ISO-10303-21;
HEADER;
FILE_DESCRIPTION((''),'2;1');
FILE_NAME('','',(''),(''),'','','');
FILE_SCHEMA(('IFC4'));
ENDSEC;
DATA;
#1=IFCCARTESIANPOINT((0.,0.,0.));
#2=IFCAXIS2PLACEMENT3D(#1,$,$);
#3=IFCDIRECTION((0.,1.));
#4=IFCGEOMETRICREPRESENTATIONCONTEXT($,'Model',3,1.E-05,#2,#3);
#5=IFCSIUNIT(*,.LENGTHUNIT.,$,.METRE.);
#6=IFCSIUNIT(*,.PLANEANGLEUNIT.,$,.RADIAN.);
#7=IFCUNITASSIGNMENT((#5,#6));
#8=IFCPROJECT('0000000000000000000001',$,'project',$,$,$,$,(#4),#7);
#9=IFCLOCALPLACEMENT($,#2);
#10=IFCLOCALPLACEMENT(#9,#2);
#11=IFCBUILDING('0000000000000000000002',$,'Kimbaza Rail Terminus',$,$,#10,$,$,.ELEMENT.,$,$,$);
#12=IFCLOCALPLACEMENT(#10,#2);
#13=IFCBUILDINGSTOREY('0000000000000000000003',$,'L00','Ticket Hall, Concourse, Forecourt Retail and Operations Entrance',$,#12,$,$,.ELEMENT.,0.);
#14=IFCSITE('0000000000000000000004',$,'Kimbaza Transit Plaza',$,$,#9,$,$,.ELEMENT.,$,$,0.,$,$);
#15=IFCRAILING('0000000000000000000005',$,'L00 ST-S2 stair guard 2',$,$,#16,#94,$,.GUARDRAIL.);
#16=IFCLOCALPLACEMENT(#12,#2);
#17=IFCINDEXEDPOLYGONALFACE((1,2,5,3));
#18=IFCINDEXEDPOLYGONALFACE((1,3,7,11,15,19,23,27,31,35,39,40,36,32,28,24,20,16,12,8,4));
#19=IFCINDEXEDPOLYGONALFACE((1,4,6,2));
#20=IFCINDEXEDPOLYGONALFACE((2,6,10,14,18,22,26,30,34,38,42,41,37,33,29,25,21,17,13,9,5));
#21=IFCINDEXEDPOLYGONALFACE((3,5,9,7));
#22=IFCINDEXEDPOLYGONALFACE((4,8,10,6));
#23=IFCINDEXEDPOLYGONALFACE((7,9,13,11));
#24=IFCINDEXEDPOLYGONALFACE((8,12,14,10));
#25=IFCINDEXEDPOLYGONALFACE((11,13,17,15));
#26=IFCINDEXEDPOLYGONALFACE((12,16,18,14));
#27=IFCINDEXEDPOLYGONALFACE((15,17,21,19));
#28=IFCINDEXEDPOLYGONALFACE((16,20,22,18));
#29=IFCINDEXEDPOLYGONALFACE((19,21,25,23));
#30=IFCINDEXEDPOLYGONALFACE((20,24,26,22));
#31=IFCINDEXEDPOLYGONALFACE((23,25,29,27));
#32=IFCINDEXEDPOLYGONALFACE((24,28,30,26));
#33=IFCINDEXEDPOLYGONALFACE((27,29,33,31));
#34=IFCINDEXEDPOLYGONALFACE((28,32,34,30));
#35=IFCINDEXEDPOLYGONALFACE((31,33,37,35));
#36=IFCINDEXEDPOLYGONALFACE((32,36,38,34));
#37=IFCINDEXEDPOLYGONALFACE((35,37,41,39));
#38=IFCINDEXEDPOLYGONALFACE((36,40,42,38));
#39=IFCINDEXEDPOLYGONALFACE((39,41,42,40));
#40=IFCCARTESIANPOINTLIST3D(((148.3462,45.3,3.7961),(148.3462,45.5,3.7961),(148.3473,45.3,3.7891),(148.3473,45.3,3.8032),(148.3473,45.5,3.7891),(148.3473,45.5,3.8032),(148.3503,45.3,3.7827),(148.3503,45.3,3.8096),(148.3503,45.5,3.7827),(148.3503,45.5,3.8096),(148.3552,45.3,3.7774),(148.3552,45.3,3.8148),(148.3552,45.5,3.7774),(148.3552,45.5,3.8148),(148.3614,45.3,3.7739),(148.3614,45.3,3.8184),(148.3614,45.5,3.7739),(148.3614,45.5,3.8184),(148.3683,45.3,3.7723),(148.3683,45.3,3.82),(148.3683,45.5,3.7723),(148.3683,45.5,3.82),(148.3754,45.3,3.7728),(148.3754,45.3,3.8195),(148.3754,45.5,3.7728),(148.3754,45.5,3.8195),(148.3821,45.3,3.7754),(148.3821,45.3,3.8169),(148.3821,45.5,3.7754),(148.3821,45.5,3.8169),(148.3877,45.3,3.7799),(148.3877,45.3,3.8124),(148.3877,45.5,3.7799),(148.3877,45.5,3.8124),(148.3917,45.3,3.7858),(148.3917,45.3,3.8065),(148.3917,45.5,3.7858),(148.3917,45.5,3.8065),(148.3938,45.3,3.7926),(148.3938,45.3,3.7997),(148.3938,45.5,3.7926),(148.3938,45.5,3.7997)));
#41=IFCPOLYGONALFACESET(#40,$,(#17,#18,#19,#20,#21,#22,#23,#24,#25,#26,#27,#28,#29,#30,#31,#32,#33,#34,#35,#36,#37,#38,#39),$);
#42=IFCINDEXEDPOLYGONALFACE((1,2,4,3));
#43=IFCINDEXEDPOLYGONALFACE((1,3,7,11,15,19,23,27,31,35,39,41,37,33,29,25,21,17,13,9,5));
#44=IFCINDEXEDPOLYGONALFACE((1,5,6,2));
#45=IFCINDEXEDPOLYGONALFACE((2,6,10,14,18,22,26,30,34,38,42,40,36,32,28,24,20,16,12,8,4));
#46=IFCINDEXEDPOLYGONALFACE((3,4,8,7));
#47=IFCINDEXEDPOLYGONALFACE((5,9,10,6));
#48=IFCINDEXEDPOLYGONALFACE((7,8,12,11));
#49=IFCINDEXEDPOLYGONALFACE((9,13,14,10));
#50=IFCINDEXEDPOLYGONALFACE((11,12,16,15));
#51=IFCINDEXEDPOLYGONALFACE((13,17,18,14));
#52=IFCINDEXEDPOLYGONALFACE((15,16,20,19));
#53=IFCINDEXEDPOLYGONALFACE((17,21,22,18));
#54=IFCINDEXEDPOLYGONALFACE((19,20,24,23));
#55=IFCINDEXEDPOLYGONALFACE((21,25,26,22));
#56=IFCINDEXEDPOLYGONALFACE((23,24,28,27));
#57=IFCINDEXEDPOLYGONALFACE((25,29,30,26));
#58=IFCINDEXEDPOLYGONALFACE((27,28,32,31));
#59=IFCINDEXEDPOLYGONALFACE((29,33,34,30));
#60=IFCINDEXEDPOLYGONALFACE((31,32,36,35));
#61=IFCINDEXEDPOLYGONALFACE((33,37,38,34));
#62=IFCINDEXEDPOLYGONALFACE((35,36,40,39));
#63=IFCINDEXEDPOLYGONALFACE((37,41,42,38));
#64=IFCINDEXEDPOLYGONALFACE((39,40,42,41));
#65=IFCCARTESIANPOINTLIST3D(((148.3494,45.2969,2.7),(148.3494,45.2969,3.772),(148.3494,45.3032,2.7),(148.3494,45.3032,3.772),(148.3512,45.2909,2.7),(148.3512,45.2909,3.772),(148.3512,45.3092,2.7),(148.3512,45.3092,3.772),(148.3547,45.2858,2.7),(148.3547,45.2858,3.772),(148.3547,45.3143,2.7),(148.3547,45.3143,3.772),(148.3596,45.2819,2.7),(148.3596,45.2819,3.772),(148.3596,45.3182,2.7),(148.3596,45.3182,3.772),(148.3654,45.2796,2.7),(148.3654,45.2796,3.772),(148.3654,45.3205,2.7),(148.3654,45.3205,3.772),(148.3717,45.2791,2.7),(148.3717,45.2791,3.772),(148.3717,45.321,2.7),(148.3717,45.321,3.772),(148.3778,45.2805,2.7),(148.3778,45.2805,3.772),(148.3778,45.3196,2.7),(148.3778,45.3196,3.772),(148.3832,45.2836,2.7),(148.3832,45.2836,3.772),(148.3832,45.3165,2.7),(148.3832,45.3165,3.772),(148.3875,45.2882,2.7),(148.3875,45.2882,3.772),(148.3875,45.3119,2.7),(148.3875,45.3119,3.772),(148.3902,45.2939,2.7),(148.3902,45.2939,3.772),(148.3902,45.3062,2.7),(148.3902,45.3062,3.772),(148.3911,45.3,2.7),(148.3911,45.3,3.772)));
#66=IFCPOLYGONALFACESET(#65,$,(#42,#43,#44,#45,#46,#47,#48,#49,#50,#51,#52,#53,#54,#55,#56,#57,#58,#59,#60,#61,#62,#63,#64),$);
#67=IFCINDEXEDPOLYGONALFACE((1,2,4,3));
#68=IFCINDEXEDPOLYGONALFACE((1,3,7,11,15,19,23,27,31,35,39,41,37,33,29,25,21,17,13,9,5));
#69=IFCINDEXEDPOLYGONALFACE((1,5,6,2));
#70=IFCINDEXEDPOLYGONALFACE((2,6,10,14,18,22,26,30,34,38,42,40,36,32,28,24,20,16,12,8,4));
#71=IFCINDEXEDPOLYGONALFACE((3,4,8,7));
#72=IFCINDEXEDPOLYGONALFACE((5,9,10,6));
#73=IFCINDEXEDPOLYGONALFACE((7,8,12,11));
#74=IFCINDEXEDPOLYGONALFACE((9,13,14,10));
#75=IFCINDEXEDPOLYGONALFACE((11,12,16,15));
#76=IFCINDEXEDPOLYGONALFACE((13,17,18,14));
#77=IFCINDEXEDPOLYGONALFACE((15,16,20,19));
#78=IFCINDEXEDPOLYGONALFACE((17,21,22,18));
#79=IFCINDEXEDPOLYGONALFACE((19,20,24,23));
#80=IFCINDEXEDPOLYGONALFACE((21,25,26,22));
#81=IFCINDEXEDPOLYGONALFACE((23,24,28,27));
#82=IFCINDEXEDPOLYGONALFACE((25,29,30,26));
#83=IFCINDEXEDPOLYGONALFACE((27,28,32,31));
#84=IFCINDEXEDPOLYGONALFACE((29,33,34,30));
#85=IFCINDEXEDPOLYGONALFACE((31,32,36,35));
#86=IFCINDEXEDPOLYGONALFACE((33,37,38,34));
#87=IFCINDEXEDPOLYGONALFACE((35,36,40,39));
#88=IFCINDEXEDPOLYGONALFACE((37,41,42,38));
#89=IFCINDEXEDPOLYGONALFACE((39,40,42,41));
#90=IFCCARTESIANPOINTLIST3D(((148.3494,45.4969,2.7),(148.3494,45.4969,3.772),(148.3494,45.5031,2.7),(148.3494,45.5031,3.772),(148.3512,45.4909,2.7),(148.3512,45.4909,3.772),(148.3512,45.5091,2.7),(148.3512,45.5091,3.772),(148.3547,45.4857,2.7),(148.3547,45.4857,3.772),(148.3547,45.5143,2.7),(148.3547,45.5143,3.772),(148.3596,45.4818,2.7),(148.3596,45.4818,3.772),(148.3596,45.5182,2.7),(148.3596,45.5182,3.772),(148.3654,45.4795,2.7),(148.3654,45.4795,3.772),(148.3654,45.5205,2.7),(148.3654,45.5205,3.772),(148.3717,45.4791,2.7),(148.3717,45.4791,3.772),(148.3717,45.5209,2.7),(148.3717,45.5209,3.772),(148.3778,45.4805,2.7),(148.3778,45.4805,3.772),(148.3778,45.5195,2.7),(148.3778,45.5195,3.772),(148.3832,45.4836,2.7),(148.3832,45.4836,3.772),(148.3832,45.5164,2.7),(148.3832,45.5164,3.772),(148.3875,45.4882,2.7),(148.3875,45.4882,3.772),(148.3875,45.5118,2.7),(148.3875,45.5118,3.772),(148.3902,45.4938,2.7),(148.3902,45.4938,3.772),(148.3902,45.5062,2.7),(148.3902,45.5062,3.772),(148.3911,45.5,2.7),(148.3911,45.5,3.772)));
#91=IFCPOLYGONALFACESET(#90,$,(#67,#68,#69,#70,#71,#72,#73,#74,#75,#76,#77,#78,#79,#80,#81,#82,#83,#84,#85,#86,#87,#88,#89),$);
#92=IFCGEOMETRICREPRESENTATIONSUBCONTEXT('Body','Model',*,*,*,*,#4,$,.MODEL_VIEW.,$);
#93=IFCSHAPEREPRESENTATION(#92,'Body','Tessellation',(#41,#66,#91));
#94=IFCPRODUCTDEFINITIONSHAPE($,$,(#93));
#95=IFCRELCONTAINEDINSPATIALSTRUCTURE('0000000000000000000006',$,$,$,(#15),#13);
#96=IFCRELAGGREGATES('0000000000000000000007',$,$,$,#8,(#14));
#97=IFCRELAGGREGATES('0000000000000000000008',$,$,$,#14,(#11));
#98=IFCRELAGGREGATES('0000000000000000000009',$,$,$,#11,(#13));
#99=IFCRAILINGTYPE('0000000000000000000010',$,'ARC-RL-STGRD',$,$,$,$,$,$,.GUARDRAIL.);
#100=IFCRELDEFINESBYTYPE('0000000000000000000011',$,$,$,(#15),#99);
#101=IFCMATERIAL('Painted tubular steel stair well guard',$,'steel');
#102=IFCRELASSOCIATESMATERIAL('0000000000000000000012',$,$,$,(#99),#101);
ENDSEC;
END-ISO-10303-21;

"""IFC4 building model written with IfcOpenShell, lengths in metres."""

from ifc_helpers import new_model, si_unit, direction, frame, origin, origin_2d, place, context, subcontext, project, spatial, circle, extrude, material, type_object, element, save


model = new_model("IFC4")

# Units and contexts
model_context = context("Model", 3, precision=1e-05, world=origin(), true_north=direction((0.0, 1.0)))
body_context = subcontext(model_context, "Body", "Model", "MODEL_VIEW")
ifc_project = project(units=[si_unit("LENGTHUNIT", "METRE"), si_unit("PLANEANGLEUNIT", "RADIAN")], contexts=[model_context])

# Site, building, storey
site_placement = place(None, origin())
site = spatial("IfcSite", under=ifc_project, at=site_placement, Name="Kimbaza Transit Plaza", CompositionType="ELEMENT", RefElevation=0.0)
building_placement = place(site_placement, origin())
building = spatial("IfcBuilding", under=site, at=building_placement, Name="Kimbaza Rail Terminus", CompositionType="ELEMENT")
storey_placement = place(building_placement, origin())
storey = spatial("IfcBuildingStorey", under=building, at=storey_placement, Name="L00", Description="Ticket Hall, Concourse, Forecourt Retail and Operations Entrance", CompositionType="ELEMENT", Elevation=0.0)

# Railing
ifc_material_1 = material(Name="Painted tubular steel stair well guard", Category="steel")
railing_type_1 = type_object("IfcRailingType", Name="ARC-RL-STGRD", PredefinedType="GUARDRAIL", material=ifc_material_1)
railing_1_placement = place(storey_placement, frame((148.3701, 45.3, 2.7)))
element("IfcRailing", 1, at=railing_1_placement, inside=storey, type_object=railing_type_1, Name="L00 ST-S2 stair guard 2", PredefinedType="GUARDRAIL", context=body_context, shape_type="SweptSolid", body=[
    extrude(circle(Radius=0.0239, at=origin_2d()), frame((0.0, 0.0, 1.0962), z_axis=(0.0, 1.0, 0.0), x_axis=(-1.0, 0.0, 0.0)), (0.0, 0.0, 1.0), 0.2),
    extrude(circle(Radius=0.021, at=origin_2d()), origin(), (0.0, 0.0, 1.0), 1.072),
    extrude(circle(Radius=0.021, at=origin_2d()), frame((0.0, 0.2, 0.0)), (0.0, 0.0, 1.0), 1.072),
])

save(model, "model.ifc")
